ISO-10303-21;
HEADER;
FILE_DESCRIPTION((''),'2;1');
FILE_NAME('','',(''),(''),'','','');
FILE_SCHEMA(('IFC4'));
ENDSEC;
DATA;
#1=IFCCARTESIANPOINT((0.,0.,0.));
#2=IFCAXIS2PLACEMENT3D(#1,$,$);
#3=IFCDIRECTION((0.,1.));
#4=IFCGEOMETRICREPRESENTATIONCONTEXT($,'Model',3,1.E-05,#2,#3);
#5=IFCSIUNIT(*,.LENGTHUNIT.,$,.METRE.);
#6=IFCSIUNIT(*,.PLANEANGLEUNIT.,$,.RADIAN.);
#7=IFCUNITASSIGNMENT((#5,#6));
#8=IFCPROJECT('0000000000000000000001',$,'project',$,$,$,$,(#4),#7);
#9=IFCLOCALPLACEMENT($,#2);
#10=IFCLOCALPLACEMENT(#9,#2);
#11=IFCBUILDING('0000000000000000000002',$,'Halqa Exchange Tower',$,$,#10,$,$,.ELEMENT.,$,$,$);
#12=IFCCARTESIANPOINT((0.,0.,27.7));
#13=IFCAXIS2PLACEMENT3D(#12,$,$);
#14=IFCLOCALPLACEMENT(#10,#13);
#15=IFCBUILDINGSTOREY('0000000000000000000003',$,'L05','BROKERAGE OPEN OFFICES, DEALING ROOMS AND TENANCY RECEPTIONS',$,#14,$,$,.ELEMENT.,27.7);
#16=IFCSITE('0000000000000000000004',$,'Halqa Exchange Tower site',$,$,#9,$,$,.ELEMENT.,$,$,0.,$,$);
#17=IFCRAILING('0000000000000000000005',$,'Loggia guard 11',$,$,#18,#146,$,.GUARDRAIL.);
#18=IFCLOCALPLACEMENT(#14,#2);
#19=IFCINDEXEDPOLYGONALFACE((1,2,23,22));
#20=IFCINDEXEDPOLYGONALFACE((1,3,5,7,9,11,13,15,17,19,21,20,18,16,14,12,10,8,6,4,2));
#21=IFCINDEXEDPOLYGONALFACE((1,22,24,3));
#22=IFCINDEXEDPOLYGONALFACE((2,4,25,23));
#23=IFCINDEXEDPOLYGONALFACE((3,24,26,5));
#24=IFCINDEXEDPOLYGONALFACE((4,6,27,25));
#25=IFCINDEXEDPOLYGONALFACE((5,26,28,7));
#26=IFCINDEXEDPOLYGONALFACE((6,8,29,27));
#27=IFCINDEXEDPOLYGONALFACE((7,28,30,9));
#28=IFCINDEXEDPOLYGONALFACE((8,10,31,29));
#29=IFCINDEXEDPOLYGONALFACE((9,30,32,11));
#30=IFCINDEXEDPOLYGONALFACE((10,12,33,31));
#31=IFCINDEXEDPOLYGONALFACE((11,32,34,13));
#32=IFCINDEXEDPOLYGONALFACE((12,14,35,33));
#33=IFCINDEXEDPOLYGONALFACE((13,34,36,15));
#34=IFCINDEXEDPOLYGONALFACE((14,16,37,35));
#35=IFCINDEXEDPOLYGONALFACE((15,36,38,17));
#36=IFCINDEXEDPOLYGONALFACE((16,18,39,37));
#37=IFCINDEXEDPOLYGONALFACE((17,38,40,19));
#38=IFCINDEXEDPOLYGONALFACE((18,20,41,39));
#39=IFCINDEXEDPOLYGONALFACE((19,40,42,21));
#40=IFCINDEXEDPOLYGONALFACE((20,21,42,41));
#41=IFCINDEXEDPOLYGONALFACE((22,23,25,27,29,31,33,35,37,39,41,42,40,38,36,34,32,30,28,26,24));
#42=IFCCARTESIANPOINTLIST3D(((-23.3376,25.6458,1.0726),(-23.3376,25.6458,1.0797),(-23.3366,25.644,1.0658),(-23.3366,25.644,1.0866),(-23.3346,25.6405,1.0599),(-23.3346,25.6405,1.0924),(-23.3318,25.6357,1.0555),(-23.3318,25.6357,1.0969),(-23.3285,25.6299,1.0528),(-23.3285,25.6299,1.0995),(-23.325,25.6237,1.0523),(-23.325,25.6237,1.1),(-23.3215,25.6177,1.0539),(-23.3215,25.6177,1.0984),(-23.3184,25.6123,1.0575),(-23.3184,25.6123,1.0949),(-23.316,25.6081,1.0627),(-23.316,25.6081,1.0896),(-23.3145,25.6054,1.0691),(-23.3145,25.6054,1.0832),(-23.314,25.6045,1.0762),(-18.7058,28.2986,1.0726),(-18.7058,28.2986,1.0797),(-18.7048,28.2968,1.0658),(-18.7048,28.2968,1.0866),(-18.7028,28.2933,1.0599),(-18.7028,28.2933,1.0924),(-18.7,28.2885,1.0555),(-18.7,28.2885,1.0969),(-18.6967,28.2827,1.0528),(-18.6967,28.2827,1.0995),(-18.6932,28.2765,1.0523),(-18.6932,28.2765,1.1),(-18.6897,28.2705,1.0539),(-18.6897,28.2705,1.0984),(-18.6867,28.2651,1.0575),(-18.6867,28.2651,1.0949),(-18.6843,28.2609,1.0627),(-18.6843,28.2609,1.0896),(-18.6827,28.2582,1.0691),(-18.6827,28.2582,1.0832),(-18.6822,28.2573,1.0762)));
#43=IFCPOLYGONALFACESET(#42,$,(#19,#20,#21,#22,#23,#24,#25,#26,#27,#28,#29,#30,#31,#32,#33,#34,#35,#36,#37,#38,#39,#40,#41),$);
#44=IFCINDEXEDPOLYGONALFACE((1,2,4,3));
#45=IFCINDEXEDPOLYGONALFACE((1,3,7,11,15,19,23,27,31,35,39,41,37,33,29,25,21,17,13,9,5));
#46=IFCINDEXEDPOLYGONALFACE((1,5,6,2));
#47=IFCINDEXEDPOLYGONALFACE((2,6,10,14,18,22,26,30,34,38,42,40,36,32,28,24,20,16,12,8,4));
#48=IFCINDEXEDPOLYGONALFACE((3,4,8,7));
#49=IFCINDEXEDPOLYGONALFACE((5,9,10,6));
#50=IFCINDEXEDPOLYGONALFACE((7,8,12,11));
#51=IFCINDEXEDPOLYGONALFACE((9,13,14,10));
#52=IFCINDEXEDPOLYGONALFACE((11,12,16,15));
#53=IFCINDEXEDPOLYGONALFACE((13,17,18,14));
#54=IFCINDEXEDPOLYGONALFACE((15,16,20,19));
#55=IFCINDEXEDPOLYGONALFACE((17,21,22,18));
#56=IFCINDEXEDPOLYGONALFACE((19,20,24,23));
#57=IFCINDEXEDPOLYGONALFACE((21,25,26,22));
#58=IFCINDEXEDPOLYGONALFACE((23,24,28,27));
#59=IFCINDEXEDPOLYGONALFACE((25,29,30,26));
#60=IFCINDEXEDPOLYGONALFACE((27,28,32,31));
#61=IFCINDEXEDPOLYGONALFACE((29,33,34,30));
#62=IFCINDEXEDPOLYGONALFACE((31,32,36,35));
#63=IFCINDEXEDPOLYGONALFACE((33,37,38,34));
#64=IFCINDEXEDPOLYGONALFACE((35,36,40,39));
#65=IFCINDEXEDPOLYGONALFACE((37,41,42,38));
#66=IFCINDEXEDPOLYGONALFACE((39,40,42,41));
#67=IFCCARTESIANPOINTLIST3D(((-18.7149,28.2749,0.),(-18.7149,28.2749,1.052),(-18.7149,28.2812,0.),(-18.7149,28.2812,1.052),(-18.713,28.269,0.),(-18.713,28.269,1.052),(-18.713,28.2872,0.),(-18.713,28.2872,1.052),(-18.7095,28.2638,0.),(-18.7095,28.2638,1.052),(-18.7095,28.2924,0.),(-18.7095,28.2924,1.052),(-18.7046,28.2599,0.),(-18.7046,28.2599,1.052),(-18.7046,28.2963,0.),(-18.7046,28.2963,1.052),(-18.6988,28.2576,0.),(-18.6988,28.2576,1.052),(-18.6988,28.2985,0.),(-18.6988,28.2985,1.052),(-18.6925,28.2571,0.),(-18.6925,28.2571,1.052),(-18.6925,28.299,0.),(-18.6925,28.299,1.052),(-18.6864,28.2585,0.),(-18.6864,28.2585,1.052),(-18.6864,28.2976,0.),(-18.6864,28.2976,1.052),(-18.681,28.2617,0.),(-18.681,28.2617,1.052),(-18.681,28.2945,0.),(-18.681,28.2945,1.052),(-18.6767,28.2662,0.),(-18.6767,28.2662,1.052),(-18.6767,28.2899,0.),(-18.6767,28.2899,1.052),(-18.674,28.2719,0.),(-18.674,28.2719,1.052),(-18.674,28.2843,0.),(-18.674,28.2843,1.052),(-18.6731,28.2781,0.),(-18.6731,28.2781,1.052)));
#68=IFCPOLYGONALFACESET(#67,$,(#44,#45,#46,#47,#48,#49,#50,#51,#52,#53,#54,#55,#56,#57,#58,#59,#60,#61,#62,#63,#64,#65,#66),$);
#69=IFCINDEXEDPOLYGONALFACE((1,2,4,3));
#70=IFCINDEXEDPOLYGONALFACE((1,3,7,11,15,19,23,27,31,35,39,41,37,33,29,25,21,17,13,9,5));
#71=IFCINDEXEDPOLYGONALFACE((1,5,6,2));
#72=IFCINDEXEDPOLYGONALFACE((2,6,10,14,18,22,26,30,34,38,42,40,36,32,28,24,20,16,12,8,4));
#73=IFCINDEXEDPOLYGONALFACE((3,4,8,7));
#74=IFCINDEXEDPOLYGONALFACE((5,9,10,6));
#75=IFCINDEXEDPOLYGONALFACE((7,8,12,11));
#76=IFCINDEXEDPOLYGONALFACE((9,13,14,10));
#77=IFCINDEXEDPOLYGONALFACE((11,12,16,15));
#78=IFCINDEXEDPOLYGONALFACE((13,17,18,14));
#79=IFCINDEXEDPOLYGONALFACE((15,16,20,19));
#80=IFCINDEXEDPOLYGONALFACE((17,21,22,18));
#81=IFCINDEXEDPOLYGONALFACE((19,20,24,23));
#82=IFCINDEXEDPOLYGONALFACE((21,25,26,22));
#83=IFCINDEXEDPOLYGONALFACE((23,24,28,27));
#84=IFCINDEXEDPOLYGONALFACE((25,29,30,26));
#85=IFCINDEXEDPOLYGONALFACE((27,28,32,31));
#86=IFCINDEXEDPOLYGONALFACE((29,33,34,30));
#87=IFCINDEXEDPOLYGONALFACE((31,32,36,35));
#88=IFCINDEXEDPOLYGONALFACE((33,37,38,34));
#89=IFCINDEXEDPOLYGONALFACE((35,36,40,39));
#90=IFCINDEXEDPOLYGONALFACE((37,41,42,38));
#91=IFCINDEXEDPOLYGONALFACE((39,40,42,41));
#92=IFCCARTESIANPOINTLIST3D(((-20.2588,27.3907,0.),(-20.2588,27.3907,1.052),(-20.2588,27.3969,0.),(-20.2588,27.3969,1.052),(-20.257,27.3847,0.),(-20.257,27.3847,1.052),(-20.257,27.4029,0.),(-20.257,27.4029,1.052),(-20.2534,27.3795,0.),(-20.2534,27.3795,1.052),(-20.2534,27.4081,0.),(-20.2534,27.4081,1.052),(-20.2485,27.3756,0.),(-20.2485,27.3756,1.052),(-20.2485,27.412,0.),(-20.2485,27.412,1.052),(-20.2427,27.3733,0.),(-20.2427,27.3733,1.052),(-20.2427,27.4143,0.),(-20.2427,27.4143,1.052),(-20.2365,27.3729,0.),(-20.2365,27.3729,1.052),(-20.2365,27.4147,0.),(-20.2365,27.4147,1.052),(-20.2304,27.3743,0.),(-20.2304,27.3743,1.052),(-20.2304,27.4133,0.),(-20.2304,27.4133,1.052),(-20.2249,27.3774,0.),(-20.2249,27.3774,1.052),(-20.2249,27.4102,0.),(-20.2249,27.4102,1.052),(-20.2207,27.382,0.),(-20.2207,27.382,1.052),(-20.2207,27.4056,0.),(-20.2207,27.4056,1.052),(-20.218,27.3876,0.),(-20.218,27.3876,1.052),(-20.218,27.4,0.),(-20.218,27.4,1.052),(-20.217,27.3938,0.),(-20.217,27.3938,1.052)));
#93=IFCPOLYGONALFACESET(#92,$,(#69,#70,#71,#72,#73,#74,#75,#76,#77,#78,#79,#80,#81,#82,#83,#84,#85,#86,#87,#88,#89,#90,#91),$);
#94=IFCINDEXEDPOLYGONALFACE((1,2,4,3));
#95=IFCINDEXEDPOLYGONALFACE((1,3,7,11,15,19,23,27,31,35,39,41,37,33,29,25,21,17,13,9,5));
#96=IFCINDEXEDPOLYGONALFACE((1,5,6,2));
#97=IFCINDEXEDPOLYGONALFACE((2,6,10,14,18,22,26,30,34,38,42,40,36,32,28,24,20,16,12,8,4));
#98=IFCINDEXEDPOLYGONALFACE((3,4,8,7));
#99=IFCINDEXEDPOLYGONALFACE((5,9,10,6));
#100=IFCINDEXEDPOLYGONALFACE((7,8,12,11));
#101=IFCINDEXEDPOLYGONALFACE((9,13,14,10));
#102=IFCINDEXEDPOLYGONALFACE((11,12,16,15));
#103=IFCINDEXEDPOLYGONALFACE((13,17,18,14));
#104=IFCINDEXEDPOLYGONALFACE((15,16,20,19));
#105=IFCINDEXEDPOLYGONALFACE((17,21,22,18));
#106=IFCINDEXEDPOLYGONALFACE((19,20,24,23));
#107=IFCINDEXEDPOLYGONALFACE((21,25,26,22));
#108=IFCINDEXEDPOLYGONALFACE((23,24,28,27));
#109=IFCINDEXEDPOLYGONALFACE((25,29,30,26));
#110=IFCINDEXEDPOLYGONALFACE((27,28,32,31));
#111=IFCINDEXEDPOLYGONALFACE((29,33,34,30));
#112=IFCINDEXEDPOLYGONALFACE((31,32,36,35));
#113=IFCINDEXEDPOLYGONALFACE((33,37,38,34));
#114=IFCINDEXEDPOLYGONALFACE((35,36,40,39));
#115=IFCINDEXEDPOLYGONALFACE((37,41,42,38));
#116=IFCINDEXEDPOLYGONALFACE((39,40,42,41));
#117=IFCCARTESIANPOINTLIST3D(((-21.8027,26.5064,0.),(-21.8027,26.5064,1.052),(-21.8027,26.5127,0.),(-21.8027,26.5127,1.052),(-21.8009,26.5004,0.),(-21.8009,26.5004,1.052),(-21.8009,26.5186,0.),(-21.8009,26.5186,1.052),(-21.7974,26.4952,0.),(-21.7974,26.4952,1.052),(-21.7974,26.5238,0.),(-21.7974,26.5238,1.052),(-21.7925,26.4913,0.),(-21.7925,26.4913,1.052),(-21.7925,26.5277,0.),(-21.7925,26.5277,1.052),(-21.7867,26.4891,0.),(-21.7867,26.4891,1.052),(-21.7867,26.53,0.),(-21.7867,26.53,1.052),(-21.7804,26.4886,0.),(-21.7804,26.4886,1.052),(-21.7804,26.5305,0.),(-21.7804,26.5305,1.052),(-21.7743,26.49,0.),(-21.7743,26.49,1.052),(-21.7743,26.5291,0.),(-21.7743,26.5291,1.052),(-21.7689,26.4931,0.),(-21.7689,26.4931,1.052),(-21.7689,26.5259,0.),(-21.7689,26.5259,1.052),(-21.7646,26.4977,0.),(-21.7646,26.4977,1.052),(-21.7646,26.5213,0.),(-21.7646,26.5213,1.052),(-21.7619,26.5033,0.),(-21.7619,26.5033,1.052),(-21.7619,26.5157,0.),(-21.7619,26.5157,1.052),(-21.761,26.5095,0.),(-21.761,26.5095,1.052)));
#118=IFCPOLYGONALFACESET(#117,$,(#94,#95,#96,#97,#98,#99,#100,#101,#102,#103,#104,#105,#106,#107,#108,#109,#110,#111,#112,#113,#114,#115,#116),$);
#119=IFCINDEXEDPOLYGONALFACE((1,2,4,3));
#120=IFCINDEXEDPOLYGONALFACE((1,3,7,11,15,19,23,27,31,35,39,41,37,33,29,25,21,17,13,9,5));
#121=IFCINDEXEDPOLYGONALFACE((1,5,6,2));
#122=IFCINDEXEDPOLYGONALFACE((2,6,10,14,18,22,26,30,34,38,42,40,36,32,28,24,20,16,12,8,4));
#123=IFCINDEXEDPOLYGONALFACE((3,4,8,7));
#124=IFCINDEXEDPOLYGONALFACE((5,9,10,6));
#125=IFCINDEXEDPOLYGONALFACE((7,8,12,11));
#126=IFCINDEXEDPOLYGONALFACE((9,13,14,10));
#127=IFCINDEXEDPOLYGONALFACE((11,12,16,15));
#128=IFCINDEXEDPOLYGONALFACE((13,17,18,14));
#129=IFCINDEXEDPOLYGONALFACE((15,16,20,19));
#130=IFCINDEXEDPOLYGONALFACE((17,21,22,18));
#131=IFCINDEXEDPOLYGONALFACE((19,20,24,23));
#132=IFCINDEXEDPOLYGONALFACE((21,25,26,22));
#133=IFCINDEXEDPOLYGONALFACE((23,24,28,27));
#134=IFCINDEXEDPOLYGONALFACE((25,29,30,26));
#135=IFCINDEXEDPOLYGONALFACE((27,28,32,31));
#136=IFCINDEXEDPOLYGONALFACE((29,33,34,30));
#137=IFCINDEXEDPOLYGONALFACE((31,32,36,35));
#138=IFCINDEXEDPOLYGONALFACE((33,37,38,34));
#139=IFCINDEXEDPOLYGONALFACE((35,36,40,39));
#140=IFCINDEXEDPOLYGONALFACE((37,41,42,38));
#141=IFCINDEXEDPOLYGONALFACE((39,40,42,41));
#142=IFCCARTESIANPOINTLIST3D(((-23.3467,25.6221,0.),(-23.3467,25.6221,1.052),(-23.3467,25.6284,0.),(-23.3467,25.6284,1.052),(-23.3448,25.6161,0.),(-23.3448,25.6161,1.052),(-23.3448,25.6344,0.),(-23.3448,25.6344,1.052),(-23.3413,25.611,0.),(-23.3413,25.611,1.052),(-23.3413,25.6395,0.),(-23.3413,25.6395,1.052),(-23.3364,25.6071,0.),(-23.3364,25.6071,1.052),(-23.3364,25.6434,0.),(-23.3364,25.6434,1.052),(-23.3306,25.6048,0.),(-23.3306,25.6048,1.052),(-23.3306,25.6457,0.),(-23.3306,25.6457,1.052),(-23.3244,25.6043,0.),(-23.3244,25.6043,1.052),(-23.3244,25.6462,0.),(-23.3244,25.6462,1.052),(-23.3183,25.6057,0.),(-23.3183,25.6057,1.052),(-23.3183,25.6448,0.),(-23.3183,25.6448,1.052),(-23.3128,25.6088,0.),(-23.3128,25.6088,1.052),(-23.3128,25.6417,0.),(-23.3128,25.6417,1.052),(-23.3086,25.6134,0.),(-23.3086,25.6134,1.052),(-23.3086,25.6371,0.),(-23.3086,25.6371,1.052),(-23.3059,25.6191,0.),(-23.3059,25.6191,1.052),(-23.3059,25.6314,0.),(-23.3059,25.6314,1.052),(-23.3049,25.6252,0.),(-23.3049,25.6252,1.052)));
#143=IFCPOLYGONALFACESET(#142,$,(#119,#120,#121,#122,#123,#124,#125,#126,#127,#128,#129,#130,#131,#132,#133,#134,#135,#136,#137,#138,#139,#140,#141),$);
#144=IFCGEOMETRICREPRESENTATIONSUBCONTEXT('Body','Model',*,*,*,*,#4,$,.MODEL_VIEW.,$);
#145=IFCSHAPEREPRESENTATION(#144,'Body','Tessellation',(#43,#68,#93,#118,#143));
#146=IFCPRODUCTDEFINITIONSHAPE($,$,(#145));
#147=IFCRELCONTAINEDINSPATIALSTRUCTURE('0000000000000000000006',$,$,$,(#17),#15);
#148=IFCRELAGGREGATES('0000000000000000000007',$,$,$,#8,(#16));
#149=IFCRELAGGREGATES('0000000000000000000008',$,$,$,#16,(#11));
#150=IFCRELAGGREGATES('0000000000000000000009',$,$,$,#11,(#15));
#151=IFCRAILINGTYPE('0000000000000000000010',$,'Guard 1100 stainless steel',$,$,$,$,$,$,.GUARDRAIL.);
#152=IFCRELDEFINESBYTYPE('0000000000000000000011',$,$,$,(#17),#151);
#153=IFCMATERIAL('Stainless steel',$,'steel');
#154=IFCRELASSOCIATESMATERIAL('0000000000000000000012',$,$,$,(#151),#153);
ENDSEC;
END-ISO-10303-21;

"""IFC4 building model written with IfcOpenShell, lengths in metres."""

from ifc_helpers import new_model, si_unit, direction, frame, origin, origin_2d, place, context, subcontext, project, spatial, circle, extrude, material, type_object, element, save


model = new_model("IFC4")

# Units and contexts
model_context = context("Model", 3, precision=1e-05, world=origin(), true_north=direction((0.0, 1.0)))
body_context = subcontext(model_context, "Body", "Model", "MODEL_VIEW")
ifc_project = project(units=[si_unit("LENGTHUNIT", "METRE"), si_unit("PLANEANGLEUNIT", "RADIAN")], contexts=[model_context])

# Site, building, storey
site_placement = place(None, origin())
site = spatial("IfcSite", under=ifc_project, at=site_placement, Name="Halqa Exchange Tower site", CompositionType="ELEMENT", RefElevation=0.0)
building_placement = place(site_placement, origin())
building = spatial("IfcBuilding", under=site, at=building_placement, Name="Halqa Exchange Tower", CompositionType="ELEMENT")
storey_placement = place(building_placement, frame((0.0, 0.0, 27.7)))
storey = spatial("IfcBuildingStorey", under=building, at=storey_placement, Name="L05", Description="BROKERAGE OPEN OFFICES, DEALING ROOMS AND TENANCY RECEPTIONS", CompositionType="ELEMENT", Elevation=27.7)

# Railing
ifc_material_1 = material(Name="Stainless steel", Category="steel")
railing_type = type_object("IfcRailingType", Name="Guard 1100 stainless steel", PredefinedType="GUARDRAIL", material=ifc_material_1)
railing_1_placement = place(storey_placement, frame((-18.6941, 28.2781, 0.0)))
element("IfcRailing", 1, at=railing_1_placement, inside=storey, type_object=railing_type, Name="Loggia guard 11", PredefinedType="GUARDRAIL", context=body_context, shape_type="SweptSolid", body=[
    extrude(circle(Radius=0.0239, at=origin_2d()), frame((0.0, 0.0, 1.0762), z_axis=(-0.867753, -0.496996, 0.0), x_axis=(0.496996, -0.867753, 0.0)), (0.0, 0.0, 1.0), 5.3376),
    extrude(circle(Radius=0.021, at=origin_2d()), origin(), (0.0, 0.0, 1.0), 1.052),
    extrude(circle(Radius=0.021, at=origin_2d()), frame((-1.5439, -0.8843, 0.0)), (0.0, 0.0, 1.0), 1.052),
    extrude(circle(Radius=0.021, at=origin_2d()), frame((-3.0879, -1.7686, 0.0)), (0.0, 0.0, 1.0), 1.052),
    extrude(circle(Radius=0.021, at=origin_2d()), frame((-4.6318, -2.6528, 0.0)), (0.0, 0.0, 1.0), 1.052),
])

save(model, "model.ifc")
